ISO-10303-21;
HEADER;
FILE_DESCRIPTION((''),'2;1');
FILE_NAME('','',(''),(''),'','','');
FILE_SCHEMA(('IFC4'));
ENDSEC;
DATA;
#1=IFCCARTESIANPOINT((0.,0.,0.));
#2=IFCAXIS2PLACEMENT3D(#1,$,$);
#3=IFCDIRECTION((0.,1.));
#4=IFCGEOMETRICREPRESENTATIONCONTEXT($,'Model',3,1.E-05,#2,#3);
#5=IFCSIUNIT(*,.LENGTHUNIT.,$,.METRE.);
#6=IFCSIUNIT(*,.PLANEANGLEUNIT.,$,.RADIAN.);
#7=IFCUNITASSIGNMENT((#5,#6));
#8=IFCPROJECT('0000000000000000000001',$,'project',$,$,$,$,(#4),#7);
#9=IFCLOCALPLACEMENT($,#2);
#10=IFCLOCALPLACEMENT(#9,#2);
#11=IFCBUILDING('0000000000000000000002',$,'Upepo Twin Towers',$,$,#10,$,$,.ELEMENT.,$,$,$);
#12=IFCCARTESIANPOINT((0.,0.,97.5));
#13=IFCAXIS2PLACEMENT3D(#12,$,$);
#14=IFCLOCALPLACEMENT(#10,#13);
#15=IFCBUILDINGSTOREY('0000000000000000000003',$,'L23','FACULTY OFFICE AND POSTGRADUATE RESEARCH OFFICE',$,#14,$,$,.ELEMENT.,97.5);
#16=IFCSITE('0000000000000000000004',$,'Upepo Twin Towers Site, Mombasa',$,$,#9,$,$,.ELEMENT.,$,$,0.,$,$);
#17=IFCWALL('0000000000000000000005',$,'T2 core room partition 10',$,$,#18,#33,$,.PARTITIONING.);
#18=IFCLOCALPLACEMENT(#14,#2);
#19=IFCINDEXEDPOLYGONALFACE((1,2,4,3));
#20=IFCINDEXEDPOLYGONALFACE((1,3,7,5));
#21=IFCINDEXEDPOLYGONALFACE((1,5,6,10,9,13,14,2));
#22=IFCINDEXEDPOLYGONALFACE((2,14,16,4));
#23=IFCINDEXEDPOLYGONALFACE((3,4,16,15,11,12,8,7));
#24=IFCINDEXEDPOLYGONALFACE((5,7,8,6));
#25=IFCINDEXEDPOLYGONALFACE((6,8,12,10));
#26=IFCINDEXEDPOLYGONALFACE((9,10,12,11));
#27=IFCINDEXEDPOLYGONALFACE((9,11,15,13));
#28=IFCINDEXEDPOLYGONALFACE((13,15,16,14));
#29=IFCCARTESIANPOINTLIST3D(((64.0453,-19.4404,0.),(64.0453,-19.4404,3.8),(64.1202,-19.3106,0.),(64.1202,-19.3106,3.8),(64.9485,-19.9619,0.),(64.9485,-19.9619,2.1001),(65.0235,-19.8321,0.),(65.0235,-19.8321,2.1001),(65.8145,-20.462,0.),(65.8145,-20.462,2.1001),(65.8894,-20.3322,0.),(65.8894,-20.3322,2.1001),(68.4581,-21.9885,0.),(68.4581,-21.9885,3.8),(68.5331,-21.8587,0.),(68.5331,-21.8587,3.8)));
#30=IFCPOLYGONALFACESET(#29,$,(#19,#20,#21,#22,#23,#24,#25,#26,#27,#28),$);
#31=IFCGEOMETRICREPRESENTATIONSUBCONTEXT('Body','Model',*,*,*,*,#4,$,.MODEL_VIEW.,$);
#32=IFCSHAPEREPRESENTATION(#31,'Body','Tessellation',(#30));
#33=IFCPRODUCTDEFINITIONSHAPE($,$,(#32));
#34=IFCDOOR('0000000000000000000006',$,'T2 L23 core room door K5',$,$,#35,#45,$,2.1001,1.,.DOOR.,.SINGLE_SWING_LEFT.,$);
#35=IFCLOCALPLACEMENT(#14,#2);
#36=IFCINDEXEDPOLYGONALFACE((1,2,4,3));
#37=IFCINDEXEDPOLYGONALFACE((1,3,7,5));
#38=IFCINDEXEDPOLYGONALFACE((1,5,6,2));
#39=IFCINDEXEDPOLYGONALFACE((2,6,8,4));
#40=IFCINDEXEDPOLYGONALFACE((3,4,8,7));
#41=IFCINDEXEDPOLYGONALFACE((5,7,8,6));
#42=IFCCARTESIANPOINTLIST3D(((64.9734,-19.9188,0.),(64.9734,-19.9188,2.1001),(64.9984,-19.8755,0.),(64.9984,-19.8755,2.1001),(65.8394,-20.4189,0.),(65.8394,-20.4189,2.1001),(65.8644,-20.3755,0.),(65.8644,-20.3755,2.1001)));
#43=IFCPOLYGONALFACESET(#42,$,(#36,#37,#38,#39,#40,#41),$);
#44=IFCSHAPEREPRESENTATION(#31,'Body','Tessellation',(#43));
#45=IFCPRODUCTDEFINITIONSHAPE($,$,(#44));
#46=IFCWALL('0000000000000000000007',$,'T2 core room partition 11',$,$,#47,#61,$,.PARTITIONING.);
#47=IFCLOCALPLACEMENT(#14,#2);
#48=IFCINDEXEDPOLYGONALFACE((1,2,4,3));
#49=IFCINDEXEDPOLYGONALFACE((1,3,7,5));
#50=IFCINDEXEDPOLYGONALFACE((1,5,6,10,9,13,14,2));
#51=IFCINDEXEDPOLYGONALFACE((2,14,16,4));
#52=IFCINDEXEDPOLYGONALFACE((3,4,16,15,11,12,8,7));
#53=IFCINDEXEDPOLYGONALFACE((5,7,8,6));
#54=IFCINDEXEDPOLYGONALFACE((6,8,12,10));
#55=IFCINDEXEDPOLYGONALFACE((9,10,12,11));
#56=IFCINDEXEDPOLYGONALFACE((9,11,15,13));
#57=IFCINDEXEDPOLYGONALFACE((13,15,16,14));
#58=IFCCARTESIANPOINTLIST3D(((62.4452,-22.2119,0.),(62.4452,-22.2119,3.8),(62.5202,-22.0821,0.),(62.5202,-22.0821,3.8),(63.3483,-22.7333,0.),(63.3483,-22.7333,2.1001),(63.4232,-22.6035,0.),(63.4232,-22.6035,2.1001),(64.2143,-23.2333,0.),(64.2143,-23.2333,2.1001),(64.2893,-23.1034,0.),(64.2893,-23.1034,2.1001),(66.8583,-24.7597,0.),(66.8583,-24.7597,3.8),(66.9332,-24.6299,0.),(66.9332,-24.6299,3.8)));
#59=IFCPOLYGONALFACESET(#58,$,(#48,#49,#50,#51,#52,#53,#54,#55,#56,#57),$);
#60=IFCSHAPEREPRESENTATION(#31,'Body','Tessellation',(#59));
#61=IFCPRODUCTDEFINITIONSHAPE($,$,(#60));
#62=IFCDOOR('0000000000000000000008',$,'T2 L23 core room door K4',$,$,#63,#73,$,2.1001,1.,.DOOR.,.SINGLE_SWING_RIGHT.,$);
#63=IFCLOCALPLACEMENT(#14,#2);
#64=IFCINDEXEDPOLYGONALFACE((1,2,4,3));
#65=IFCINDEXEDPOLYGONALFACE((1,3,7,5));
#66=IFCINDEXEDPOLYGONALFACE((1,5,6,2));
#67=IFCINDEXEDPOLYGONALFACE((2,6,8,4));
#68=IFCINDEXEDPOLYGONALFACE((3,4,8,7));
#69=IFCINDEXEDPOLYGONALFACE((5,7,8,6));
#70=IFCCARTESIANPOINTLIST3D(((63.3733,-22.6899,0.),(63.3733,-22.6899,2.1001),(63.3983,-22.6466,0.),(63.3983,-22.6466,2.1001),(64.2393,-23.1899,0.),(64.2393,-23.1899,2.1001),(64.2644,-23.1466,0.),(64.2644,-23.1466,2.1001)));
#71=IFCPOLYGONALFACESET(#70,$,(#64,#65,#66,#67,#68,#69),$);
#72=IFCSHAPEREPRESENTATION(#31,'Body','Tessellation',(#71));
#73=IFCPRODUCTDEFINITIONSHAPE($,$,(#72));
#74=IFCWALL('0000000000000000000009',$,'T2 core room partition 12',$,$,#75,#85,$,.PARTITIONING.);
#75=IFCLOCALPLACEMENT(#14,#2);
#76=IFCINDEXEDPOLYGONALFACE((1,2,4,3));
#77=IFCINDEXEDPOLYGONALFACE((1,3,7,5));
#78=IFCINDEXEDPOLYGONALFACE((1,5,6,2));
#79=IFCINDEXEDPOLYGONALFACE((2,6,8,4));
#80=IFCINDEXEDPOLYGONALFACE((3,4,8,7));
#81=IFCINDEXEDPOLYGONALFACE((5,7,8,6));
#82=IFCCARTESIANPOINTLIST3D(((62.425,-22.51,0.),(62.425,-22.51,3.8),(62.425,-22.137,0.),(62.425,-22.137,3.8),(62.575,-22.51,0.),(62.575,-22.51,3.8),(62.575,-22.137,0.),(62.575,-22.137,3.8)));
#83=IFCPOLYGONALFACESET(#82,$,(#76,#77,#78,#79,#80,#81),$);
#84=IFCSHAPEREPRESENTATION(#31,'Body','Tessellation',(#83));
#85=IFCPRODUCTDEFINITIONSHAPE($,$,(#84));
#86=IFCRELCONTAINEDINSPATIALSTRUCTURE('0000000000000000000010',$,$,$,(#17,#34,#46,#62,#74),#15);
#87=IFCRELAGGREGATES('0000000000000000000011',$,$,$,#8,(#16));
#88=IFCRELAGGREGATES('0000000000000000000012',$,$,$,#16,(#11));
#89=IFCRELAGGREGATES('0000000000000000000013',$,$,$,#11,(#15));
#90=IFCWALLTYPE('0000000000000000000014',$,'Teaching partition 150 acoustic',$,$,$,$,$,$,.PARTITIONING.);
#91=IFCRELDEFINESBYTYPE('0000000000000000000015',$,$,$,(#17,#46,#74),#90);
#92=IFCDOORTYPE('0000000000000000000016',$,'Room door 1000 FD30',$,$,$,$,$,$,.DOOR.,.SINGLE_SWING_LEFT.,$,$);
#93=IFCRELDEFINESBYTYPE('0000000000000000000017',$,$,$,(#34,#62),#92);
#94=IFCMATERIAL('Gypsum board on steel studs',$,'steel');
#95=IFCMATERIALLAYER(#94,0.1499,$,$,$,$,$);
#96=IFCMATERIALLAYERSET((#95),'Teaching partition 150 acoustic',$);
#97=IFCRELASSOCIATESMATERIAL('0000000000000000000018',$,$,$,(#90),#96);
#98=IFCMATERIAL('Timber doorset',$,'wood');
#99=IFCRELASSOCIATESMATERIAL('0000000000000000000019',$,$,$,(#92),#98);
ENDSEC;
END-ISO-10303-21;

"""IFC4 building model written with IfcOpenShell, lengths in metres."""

from ifc_helpers import new_model, si_unit, direction, frame, frame_2d, origin, place, context, subcontext, project, spatial, rectangle, extrude, material, layer, layer_set, type_object, element, fill, save


model = new_model("IFC4")

# Units and contexts
model_context = context("Model", 3, precision=1e-05, world=origin(), true_north=direction((0.0, 1.0)))
body_context = subcontext(model_context, "Body", "Model", "MODEL_VIEW")
ifc_project = project(units=[si_unit("LENGTHUNIT", "METRE"), si_unit("PLANEANGLEUNIT", "RADIAN")], contexts=[model_context])

# Site, building, storey
site_placement = place(None, origin())
site = spatial("IfcSite", under=ifc_project, at=site_placement, Name="Upepo Twin Towers Site, Mombasa", CompositionType="ELEMENT", RefElevation=0.0)
building_placement = place(site_placement, origin())
building = spatial("IfcBuilding", under=site, at=building_placement, Name="Upepo Twin Towers", CompositionType="ELEMENT")
storey_placement = place(building_placement, frame((0.0, 0.0, 97.5)))
storey = spatial("IfcBuildingStorey", under=building, at=storey_placement, Name="L23", Description="FACULTY OFFICE AND POSTGRADUATE RESEARCH OFFICE", CompositionType="ELEMENT", Elevation=97.5)

# Shared definitions
ifc_material_1 = material(Name="Gypsum board on steel studs", Category="steel")
ifc_layer_1 = layer(ifc_material_1, 0.1499)
ifc_layer_set_1 = layer_set([ifc_layer_1], Name="Teaching partition 150 acoustic")
wall_type_1 = type_object("IfcWallType", Name="Teaching partition 150 acoustic", PredefinedType="PARTITIONING", material=ifc_layer_set_1)

# Walls, openings, doors
wall_1_placement = place(storey_placement, frame((64.0828, -19.3755, 0.0), z_axis=(0.0, 0.0, 1.0), x_axis=(0.865996, -0.50005, 0.0)))
wall_1 = element("IfcWall", 1, at=wall_1_placement, inside=storey, type_object=wall_type_1, Name="T2 core room partition 10", PredefinedType="PARTITIONING", context=body_context, shape_type="SweptSolid", body=[
    extrude(rectangle(XDim=5.0957, YDim=0.1499, at=frame_2d((2.5479, 0.0))), origin(), (0.0, 0.0, 1.0), 3.8),
])
opening_1_placement = place(wall_1_placement, frame((1.043, 0.0, 0.0)))
opening_1 = element("IfcOpeningElement", 2, at=opening_1_placement, cuts=wall_1, PredefinedType="OPENING", context=body_context, shape_type="SweptSolid", body=[
    extrude(rectangle(XDim=1.0, YDim=2.1001, at=frame_2d((0.5, 1.05))), frame((0.0, 0.085, 0.0), z_axis=(0.0, -1.0, 0.0), x_axis=(1.0, 0.0, 0.0)), (0.0, 0.0, 1.0), 0.1699),
])
ifc_material_2 = material(Name="Timber doorset", Category="wood")
door_type_1 = type_object("IfcDoorType", Name="Room door 1000 FD30", OperationType="SINGLE_SWING_LEFT", PredefinedType="DOOR", material=ifc_material_2)
door_1_placement = place(opening_1_placement, origin())
door_1 = element("IfcDoor", 3, at=door_1_placement, inside=storey, type_object=door_type_1, Name="T2 L23 core room door K5", OperationType="SINGLE_SWING_LEFT", OverallHeight=2.1001, OverallWidth=1.0, PredefinedType="DOOR", context=body_context, shape_type="SweptSolid", body=[
    extrude(rectangle(XDim=1.0, YDim=2.1001, at=frame_2d((0.5, 1.05))), frame((0.0, 0.0249, 0.0), z_axis=(0.0, -1.0, 0.0), x_axis=(1.0, 0.0, 0.0)), (0.0, 0.0, 1.0), 0.05),
])
fill(opening_1, door_1)
wall_2_placement = place(storey_placement, frame((66.8958, -24.6948, 0.0), z_axis=(0.0, 0.0, 1.0), x_axis=(-0.866029, 0.499993, 0.0)))
wall_2 = element("IfcWall", 4, at=wall_2_placement, inside=storey, type_object=wall_type_1, Name="T2 core room partition 11", PredefinedType="PARTITIONING", context=body_context, shape_type="SweptSolid", body=[
    extrude(rectangle(XDim=5.0957, YDim=0.1499, at=frame_2d((2.5479, 0.0))), origin(), (0.0, 0.0, 1.0), 3.8),
])
opening_2_placement = place(wall_2_placement, frame((3.053, 0.0, 0.0)))
opening_2 = element("IfcOpeningElement", 5, at=opening_2_placement, cuts=wall_2, PredefinedType="OPENING", context=body_context, shape_type="SweptSolid", body=[
    extrude(rectangle(XDim=1.0, YDim=2.1001, at=frame_2d((0.5, 1.05))), frame((0.0, 0.085, 0.0), z_axis=(0.0, -1.0, 0.0), x_axis=(1.0, 0.0, 0.0)), (0.0, 0.0, 1.0), 0.1699),
])
door_2_placement = place(opening_2_placement, origin())
door_2 = element("IfcDoor", 6, at=door_2_placement, inside=storey, type_object=door_type_1, Name="T2 L23 core room door K4", OperationType="SINGLE_SWING_RIGHT", OverallHeight=2.1001, OverallWidth=1.0, PredefinedType="DOOR", context=body_context, shape_type="SweptSolid", body=[
    extrude(rectangle(XDim=1.0, YDim=2.1001, at=frame_2d((0.5, 1.05))), frame((0.0, 0.0249, 0.0), z_axis=(0.0, -1.0, 0.0), x_axis=(1.0, 0.0, 0.0)), (0.0, 0.0, 1.0), 0.05),
])
fill(opening_2, door_2)

# Wall
wall_3_placement = place(storey_placement, frame((62.5, -22.137, 0.0), z_axis=(0.0, 0.0, 1.0), x_axis=(0.0, -1.0, 0.0)))
element("IfcWall", 7, at=wall_3_placement, inside=storey, type_object=wall_type_1, Name="T2 core room partition 12", PredefinedType="PARTITIONING", context=body_context, shape_type="SweptSolid", body=[
    extrude(rectangle(XDim=0.373, YDim=0.1499, at=frame_2d((0.1865, 0.0))), origin(), (0.0, 0.0, 1.0), 3.8),
])

save(model, "model.ifc")
